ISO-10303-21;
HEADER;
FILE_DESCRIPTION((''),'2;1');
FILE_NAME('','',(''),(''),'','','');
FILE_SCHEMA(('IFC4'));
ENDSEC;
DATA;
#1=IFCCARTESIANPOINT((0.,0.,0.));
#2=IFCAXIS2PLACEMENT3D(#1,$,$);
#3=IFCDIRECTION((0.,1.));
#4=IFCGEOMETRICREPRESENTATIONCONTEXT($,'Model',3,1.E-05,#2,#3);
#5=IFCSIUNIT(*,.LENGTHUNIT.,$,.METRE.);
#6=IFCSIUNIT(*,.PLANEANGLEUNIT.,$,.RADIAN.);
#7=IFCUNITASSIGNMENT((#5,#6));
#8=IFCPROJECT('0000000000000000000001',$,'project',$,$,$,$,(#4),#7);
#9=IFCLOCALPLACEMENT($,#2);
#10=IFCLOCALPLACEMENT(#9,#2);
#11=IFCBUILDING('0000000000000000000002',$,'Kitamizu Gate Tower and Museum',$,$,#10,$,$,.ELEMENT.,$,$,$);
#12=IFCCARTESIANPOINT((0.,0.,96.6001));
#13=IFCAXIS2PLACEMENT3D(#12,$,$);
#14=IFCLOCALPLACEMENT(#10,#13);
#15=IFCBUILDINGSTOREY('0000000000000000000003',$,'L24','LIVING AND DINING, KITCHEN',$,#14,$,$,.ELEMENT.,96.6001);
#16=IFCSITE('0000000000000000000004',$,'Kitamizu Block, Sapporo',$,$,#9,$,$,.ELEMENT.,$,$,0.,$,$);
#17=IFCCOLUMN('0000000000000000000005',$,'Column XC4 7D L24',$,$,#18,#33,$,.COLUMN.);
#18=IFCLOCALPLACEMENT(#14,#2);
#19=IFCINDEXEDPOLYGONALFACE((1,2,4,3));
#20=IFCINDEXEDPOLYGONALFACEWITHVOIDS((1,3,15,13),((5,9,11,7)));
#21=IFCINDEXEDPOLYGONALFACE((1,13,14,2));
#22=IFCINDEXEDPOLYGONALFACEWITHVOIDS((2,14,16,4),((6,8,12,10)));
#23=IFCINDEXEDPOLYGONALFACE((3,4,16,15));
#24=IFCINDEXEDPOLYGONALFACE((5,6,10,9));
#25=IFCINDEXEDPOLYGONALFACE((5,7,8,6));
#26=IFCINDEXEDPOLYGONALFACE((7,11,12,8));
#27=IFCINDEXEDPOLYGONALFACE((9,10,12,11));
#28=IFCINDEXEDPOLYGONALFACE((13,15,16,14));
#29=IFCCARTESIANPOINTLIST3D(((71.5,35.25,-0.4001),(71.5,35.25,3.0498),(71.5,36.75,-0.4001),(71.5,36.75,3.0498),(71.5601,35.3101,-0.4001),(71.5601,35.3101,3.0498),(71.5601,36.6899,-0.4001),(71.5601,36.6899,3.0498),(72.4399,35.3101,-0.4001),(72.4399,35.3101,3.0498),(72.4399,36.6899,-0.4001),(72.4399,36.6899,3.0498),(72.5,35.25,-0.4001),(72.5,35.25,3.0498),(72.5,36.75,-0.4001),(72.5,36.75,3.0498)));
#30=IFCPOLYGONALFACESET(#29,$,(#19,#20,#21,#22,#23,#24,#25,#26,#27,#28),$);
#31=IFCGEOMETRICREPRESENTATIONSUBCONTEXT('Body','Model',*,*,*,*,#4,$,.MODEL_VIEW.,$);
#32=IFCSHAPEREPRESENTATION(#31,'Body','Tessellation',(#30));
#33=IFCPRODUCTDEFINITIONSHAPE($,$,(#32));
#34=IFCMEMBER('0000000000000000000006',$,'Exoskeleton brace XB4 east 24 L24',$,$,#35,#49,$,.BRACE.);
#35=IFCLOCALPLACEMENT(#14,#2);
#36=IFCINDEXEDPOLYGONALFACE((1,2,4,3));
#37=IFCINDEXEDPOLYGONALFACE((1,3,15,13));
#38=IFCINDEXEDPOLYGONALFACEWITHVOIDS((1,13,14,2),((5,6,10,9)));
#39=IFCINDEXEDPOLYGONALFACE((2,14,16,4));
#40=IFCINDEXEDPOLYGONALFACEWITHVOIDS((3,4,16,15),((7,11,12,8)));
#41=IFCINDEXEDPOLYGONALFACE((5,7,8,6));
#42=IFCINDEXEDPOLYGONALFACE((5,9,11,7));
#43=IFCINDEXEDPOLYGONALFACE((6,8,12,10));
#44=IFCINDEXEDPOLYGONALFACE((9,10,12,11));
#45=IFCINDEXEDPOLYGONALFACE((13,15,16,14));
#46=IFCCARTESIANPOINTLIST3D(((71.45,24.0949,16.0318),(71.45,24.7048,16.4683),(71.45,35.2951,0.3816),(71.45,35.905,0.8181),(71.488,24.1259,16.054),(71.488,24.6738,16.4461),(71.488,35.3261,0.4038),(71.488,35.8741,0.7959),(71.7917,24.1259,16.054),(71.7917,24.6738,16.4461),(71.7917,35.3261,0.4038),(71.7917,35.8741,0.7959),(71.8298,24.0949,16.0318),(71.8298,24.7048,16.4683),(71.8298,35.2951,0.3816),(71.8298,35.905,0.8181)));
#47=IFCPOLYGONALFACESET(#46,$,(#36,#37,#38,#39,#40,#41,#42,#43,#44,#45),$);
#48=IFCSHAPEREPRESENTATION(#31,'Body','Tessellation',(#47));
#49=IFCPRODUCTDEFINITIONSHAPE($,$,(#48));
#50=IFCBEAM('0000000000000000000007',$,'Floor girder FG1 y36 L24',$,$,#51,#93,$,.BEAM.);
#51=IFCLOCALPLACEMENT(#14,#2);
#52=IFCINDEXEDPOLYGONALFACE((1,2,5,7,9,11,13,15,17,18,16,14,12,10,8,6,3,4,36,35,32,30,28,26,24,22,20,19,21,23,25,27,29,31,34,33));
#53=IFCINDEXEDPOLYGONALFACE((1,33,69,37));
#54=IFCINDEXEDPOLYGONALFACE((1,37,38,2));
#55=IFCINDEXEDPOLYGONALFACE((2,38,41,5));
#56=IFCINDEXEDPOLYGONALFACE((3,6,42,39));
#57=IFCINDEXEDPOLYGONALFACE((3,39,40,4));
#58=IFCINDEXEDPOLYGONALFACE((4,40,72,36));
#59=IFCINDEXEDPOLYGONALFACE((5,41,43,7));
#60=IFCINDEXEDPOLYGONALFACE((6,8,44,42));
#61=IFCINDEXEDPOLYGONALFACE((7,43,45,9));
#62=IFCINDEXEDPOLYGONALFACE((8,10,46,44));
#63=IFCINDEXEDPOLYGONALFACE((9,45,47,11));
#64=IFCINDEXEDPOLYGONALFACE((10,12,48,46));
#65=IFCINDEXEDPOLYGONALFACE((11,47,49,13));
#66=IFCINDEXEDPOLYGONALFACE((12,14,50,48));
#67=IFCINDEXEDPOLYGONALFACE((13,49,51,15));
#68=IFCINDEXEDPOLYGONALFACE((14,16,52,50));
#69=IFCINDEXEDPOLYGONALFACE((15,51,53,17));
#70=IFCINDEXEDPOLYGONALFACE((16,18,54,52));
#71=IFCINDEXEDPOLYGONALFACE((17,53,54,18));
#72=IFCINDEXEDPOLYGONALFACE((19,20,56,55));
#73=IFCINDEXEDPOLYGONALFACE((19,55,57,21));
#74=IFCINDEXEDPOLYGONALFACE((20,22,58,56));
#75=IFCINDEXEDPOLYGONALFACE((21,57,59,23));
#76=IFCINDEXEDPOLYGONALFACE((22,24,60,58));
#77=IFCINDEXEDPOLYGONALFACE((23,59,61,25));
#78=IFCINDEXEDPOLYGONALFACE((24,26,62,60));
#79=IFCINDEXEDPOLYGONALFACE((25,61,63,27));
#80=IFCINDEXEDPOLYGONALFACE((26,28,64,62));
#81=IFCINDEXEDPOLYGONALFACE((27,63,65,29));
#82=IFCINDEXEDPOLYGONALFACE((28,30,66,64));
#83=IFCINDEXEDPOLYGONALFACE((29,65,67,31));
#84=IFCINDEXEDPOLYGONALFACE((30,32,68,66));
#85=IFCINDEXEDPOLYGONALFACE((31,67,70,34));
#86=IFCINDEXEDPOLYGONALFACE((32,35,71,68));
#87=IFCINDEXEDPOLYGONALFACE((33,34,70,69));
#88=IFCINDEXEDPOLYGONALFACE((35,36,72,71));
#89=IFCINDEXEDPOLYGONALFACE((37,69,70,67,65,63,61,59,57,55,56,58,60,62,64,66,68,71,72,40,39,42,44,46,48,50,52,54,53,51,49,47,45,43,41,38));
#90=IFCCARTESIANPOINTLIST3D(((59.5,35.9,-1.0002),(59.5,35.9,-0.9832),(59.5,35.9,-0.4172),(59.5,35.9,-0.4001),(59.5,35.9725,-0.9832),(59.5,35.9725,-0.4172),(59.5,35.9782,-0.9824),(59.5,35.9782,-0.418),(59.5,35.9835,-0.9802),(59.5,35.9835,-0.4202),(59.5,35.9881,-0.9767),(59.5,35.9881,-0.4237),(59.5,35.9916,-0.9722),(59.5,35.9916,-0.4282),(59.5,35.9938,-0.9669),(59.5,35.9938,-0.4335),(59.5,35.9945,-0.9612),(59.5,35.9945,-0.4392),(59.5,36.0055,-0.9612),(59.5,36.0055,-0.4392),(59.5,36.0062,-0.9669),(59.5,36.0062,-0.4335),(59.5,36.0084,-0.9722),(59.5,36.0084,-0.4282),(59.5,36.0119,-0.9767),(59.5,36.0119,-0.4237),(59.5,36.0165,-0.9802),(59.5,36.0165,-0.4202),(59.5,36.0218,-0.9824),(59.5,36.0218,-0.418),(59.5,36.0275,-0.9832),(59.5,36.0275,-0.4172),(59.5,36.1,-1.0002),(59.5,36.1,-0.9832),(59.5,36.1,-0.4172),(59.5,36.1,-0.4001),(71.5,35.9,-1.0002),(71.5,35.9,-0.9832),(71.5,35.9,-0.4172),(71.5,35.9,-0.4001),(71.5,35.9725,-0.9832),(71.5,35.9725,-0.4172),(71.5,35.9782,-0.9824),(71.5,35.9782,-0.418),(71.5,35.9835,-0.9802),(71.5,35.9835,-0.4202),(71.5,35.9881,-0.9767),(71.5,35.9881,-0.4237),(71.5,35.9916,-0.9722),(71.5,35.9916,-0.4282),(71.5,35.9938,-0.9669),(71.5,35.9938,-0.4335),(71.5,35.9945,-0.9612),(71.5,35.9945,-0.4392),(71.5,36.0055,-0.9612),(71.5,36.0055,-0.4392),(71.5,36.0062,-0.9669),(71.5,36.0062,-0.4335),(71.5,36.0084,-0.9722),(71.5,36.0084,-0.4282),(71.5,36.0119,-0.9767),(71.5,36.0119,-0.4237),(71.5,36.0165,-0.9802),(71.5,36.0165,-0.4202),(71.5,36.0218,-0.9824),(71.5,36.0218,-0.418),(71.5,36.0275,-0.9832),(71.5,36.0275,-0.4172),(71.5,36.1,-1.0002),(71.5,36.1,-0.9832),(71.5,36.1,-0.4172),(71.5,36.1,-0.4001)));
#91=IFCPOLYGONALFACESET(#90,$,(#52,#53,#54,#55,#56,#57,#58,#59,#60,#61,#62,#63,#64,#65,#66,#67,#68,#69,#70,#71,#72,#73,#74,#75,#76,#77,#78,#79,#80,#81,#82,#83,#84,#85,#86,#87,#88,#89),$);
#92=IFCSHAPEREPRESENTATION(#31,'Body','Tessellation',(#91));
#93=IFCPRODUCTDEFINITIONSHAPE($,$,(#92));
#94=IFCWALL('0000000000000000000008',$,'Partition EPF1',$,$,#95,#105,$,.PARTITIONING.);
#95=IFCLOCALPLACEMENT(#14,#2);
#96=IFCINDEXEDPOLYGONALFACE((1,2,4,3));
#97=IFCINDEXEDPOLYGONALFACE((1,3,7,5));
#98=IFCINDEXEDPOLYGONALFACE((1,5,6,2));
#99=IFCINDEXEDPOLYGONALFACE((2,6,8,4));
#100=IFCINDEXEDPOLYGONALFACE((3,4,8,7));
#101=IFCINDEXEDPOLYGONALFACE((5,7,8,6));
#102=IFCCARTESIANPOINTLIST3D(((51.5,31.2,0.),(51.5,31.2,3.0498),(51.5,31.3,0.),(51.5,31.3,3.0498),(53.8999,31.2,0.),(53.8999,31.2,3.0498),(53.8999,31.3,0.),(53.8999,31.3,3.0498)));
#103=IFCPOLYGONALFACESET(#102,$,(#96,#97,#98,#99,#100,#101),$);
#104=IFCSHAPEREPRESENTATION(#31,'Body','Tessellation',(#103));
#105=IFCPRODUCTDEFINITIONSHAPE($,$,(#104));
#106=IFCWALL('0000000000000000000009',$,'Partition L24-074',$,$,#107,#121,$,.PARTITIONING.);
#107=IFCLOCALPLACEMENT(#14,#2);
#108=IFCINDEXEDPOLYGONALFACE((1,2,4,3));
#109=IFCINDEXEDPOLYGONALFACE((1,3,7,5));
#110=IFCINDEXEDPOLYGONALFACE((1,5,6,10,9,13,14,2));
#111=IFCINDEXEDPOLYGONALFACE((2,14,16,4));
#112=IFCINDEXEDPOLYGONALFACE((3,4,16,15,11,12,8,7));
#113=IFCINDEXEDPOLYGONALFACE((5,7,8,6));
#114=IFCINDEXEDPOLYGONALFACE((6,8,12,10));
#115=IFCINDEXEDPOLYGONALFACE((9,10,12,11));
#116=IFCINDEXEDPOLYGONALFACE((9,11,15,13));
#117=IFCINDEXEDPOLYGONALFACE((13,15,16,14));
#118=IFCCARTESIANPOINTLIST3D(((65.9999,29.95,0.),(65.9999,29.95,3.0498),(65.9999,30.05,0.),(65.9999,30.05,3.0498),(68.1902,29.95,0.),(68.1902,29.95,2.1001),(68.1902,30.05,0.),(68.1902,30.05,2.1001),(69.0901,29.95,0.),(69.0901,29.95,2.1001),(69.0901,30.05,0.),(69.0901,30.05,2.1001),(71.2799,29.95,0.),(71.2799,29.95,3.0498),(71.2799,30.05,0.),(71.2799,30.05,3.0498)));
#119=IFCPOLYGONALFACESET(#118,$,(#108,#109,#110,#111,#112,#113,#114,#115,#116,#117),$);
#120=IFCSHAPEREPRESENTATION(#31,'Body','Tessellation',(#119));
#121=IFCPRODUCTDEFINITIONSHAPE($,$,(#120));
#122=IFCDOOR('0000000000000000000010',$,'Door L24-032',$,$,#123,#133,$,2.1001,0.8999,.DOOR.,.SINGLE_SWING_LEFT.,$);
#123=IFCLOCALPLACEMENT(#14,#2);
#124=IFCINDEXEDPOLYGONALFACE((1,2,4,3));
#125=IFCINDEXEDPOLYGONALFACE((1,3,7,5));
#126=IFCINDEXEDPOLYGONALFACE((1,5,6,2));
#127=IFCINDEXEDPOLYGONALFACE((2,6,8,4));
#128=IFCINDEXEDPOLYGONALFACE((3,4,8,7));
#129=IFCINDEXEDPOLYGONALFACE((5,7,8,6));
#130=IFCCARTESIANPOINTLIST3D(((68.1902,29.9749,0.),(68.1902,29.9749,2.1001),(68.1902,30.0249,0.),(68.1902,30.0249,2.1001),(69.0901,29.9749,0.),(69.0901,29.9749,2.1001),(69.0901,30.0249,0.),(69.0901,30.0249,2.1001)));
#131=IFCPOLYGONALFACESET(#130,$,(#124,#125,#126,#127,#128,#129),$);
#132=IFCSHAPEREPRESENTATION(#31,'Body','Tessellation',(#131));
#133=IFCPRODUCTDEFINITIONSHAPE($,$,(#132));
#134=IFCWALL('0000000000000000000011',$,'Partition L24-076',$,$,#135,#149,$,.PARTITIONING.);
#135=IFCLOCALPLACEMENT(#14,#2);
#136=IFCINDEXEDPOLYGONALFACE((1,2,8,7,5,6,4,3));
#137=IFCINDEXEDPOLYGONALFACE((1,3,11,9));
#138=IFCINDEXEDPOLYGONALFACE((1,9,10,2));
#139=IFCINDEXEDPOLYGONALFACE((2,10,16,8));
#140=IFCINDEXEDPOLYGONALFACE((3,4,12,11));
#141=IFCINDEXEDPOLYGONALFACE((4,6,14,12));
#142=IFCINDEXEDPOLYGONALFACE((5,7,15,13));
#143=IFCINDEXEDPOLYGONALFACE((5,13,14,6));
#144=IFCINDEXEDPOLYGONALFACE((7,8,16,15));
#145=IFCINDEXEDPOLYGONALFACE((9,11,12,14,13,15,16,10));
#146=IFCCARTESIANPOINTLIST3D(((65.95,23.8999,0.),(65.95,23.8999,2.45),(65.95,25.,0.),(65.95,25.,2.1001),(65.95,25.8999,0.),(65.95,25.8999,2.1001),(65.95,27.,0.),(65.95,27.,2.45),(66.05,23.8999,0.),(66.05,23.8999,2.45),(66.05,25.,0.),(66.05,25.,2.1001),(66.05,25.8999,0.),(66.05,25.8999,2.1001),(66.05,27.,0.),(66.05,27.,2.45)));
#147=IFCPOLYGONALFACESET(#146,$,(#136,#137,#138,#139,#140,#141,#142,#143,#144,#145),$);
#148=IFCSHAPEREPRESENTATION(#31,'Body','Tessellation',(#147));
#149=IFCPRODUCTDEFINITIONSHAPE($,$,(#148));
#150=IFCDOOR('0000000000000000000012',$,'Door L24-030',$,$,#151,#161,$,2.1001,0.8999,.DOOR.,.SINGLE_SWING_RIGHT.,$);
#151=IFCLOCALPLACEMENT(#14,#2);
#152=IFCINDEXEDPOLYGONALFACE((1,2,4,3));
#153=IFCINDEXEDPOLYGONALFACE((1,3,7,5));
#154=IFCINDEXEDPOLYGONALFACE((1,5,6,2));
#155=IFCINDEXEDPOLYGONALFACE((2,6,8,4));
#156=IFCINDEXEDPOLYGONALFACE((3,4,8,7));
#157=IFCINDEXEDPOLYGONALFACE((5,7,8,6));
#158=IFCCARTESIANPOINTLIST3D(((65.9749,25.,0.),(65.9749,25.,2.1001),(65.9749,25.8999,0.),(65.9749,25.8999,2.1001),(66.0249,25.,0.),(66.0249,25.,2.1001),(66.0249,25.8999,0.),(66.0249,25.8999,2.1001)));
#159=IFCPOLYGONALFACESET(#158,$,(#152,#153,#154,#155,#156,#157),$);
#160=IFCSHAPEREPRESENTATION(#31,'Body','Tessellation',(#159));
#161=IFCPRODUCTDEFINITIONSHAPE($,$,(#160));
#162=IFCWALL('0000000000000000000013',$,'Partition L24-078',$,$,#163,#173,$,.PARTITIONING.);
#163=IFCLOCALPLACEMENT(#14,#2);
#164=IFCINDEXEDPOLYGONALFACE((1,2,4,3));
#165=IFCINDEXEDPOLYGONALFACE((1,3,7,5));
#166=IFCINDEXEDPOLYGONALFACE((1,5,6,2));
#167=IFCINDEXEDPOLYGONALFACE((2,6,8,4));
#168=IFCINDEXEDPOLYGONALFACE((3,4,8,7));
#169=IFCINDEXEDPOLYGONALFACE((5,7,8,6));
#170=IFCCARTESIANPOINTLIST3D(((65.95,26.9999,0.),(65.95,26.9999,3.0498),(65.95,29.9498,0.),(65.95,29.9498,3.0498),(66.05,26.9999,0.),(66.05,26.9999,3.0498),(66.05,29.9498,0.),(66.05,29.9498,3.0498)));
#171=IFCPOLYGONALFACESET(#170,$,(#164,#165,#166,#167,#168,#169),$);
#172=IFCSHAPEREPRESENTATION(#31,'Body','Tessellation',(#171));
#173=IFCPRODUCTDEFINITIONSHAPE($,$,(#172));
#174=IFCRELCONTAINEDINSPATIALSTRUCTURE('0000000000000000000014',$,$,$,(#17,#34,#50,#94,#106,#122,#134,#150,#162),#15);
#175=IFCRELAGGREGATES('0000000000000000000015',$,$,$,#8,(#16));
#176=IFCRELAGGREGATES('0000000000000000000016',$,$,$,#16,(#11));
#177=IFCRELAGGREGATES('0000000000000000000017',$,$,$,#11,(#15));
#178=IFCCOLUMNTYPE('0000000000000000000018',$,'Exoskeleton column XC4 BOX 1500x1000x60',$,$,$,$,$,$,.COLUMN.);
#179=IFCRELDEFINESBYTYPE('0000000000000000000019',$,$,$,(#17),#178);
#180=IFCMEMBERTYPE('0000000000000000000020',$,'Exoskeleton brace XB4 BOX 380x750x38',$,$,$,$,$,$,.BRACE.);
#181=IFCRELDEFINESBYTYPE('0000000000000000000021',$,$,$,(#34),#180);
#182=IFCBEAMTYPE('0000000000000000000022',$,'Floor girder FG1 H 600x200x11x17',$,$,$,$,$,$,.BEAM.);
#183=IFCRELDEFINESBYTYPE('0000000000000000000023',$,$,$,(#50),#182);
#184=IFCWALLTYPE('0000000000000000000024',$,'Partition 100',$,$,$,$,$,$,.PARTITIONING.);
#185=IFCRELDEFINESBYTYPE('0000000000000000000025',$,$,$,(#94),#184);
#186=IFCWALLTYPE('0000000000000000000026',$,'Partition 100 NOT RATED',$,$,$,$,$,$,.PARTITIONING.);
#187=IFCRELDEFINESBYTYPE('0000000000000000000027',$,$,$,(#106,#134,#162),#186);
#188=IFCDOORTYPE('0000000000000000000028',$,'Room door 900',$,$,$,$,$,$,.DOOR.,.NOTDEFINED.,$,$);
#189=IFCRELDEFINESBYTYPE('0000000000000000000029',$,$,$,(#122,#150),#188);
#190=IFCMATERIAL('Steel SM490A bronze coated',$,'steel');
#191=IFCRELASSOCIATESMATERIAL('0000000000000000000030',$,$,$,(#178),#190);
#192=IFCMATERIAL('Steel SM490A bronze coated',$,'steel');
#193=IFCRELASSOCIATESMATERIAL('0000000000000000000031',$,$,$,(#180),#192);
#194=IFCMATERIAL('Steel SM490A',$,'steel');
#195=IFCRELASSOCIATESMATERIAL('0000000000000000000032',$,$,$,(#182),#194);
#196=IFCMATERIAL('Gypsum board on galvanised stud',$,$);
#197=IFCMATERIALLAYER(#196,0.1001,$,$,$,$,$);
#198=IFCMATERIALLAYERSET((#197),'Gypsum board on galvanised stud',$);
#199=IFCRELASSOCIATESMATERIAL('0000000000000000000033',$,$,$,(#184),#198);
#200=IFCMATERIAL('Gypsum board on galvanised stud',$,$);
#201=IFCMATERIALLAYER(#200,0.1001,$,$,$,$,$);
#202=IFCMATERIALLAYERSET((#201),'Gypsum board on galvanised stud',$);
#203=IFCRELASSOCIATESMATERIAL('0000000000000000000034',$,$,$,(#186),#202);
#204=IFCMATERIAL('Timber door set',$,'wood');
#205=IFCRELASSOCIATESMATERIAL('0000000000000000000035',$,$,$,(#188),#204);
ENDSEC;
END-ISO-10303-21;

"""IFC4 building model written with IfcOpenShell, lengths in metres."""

from ifc_helpers import new_model, si_unit, direction, frame, frame_2d, origin, origin_2d, place, context, subcontext, project, spatial, rectangle, hollow_rectangle, i_section, extrude, material, layer, layer_set, material_profile, profile_set, type_object, element, fill, save


model = new_model("IFC4")

# Units and contexts
model_context = context("Model", 3, precision=1e-05, world=origin(), true_north=direction((0.0, 1.0)))
body_context = subcontext(model_context, "Body", "Model", "MODEL_VIEW")
ifc_project = project(units=[si_unit("LENGTHUNIT", "METRE"), si_unit("PLANEANGLEUNIT", "RADIAN")], contexts=[model_context])

# Site, building, storey
site_placement = place(None, origin())
site = spatial("IfcSite", under=ifc_project, at=site_placement, Name="Kitamizu Block, Sapporo", CompositionType="ELEMENT", RefElevation=0.0)
building_placement = place(site_placement, origin())
building = spatial("IfcBuilding", under=site, at=building_placement, Name="Kitamizu Gate Tower and Museum", CompositionType="ELEMENT")
storey_placement = place(building_placement, frame((0.0, 0.0, 96.6001)))
storey = spatial("IfcBuildingStorey", under=building, at=storey_placement, Name="L24", Description="LIVING AND DINING, KITCHEN", CompositionType="ELEMENT", Elevation=96.6001)

# Column
ifc_material_1 = material(Name="Steel SM490A bronze coated", Category="steel")
ifc_material_profile_1 = material_profile(ifc_material_1, hollow_rectangle(XDim=1.5, YDim=1.0, WallThickness=0.0601, at=origin_2d()), Name="BOX 1500x1000x60")
ifc_profile_set_1 = profile_set([ifc_material_profile_1], Name="Steel SM490A bronze coated")
column_type = type_object("IfcColumnType", Name="Exoskeleton column XC4 BOX 1500x1000x60", PredefinedType="COLUMN", material=ifc_profile_set_1)
column_placement = place(storey_placement, frame((72.0, 36.0, -0.4001), z_axis=(0.0, 0.0, 1.0), x_axis=(0.0, 1.0, 0.0)))
element("IfcColumn", 1, at=column_placement, inside=storey, type_object=column_type, Name="Column XC4 7D L24", PredefinedType="COLUMN", context=body_context, shape_type="SweptSolid", body=[
    extrude(hollow_rectangle(XDim=1.5, YDim=1.0, WallThickness=0.0601, at=origin_2d()), origin(), (0.0, 0.0, 1.0), 3.45),
])

# Member
ifc_material_2 = material(Name="Steel SM490A bronze coated", Category="steel")
ifc_material_profile_2 = material_profile(ifc_material_2, hollow_rectangle(XDim=0.3799, YDim=0.75, WallThickness=0.0381, at=origin_2d()), Name="BOX 380x750x38")
ifc_profile_set_2 = profile_set([ifc_material_profile_2], Name="Steel SM490A bronze coated")
member_type = type_object("IfcMemberType", Name="Exoskeleton brace XB4 BOX 380x750x38", PredefinedType="BRACE", material=ifc_profile_set_2)
member_placement = place(storey_placement, frame((71.6399, 35.6001, 0.5999), z_axis=(0.0, -0.581978, 0.813204), x_axis=(1.0, 0.0, 0.0)))
element("IfcMember", 2, at=member_placement, inside=storey, type_object=member_type, Name="Exoskeleton brace XB4 east 24 L24", PredefinedType="BRACE", context=body_context, shape_type="SweptSolid", body=[
    extrude(hollow_rectangle(XDim=0.3799, YDim=0.75, WallThickness=0.0381, at=origin_2d()), origin(), (0.0, 0.0, 1.0), 19.2451),
])

# Beam
ifc_material_3 = material(Name="Steel SM490A", Category="steel")
ifc_material_profile_3 = material_profile(ifc_material_3, i_section(OverallWidth=0.2, OverallDepth=0.6001, WebThickness=0.011, FlangeThickness=0.0171, FilletRadius=0.022, at=origin_2d()), Name="H-600x200x11x17")
ifc_profile_set_3 = profile_set([ifc_material_profile_3], Name="Steel SM490A")
beam_type = type_object("IfcBeamType", Name="Floor girder FG1 H 600x200x11x17", PredefinedType="BEAM", material=ifc_profile_set_3)
beam_placement = place(storey_placement, frame((59.5, 36.0, -0.7002), z_axis=(1.0, 0.0, 0.0), x_axis=(0.0, 1.0, 0.0)))
element("IfcBeam", 3, at=beam_placement, inside=storey, type_object=beam_type, Name="Floor girder FG1 y36 L24", PredefinedType="BEAM", context=body_context, shape_type="SweptSolid", body=[
    extrude(i_section(OverallWidth=0.2, OverallDepth=0.6001, WebThickness=0.011, FlangeThickness=0.0171, FilletRadius=0.022, at=origin_2d()), origin(), (0.0, 0.0, 1.0), 12.0),
])

# Wall
ifc_material_4 = material(Name="Gypsum board on galvanised stud")
ifc_layer_1 = layer(ifc_material_4, 0.1001)
ifc_layer_set_1 = layer_set([ifc_layer_1], Name="Gypsum board on galvanised stud")
wall_type_1 = type_object("IfcWallType", Name="Partition 100", PredefinedType="PARTITIONING", material=ifc_layer_set_1)
wall_1_placement = place(storey_placement, frame((53.8999, 31.25, 0.0), z_axis=(0.0, 0.0, 1.0), x_axis=(-1.0, 0.0, 0.0)))
element("IfcWall", 4, at=wall_1_placement, inside=storey, type_object=wall_type_1, Name="Partition EPF1", PredefinedType="PARTITIONING", context=body_context, shape_type="SweptSolid", body=[
    extrude(rectangle(XDim=2.3999, YDim=0.1001, at=frame_2d((1.2, 0.0))), origin(), (0.0, 0.0, 1.0), 3.0498),
])

# Walls, openings, doors
ifc_material_5 = material(Name="Gypsum board on galvanised stud")
ifc_layer_2 = layer(ifc_material_5, 0.1001)
ifc_layer_set_2 = layer_set([ifc_layer_2], Name="Gypsum board on galvanised stud")
wall_type_2 = type_object("IfcWallType", Name="Partition 100 NOT RATED", PredefinedType="PARTITIONING", material=ifc_layer_set_2)
wall_2_placement = place(storey_placement, frame((71.28, 30.0, 0.0), z_axis=(0.0, 0.0, 1.0), x_axis=(-1.0, 0.0, 0.0)))
wall_2 = element("IfcWall", 5, at=wall_2_placement, inside=storey, type_object=wall_type_2, Name="Partition L24-074", PredefinedType="PARTITIONING", context=body_context, shape_type="SweptSolid", body=[
    extrude(rectangle(XDim=5.28, YDim=0.1001, at=frame_2d((2.6401, 0.0))), origin(), (0.0, 0.0, 1.0), 3.0498),
])
opening_1_placement = place(wall_2_placement, frame((2.1899, 0.0, 0.0)))
opening_1 = element("IfcOpeningElement", 6, at=opening_1_placement, cuts=wall_2, PredefinedType="OPENING", context=body_context, shape_type="SweptSolid", body=[
    extrude(rectangle(XDim=0.8999, YDim=2.1001, at=frame_2d((0.45, 1.05))), frame((0.0, 0.0601, 0.0), z_axis=(0.0, -1.0, 0.0), x_axis=(1.0, 0.0, 0.0)), (0.0, 0.0, 1.0), 0.1201),
])
ifc_material_6 = material(Name="Timber door set", Category="wood")
door_type_1 = type_object("IfcDoorType", Name="Room door 900", OperationType="NOTDEFINED", PredefinedType="DOOR", material=ifc_material_6)
door_1_placement = place(opening_1_placement, frame((0.8999, 0.0, 0.0), x_axis=(-1.0, 0.0, 0.0)))
door_1 = element("IfcDoor", 7, at=door_1_placement, inside=storey, type_object=door_type_1, Name="Door L24-032", OperationType="SINGLE_SWING_LEFT", OverallHeight=2.1001, OverallWidth=0.8999, PredefinedType="DOOR", context=body_context, shape_type="SweptSolid", body=[
    extrude(rectangle(XDim=0.8999, YDim=2.1001, at=frame_2d((0.45, 1.05))), frame((0.0, 0.0249, 0.0), z_axis=(0.0, -1.0, 0.0), x_axis=(1.0, 0.0, 0.0)), (0.0, 0.0, 1.0), 0.05),
])
fill(opening_1, door_1)
wall_3_placement = place(storey_placement, frame((66.0, 27.0, 0.0), z_axis=(0.0, 0.0, 1.0), x_axis=(0.0, -1.0, 0.0)))
wall_3 = element("IfcWall", 8, at=wall_3_placement, inside=storey, type_object=wall_type_2, Name="Partition L24-076", PredefinedType="PARTITIONING", context=body_context, shape_type="SweptSolid", body=[
    extrude(rectangle(XDim=3.1001, YDim=0.1001, at=frame_2d((1.55, 0.0))), origin(), (0.0, 0.0, 1.0), 2.45),
])
opening_2_placement = place(wall_3_placement, frame((1.1001, 0.0, 0.0)))
opening_2 = element("IfcOpeningElement", 9, at=opening_2_placement, cuts=wall_3, PredefinedType="OPENING", context=body_context, shape_type="SweptSolid", body=[
    extrude(rectangle(XDim=0.8999, YDim=2.1001, at=frame_2d((0.45, 1.05))), frame((0.0, 0.0601, 0.0), z_axis=(0.0, -1.0, 0.0), x_axis=(1.0, 0.0, 0.0)), (0.0, 0.0, 1.0), 0.1201),
])
door_2_placement = place(opening_2_placement, origin())
door_2 = element("IfcDoor", 10, at=door_2_placement, inside=storey, type_object=door_type_1, Name="Door L24-030", OperationType="SINGLE_SWING_RIGHT", OverallHeight=2.1001, OverallWidth=0.8999, PredefinedType="DOOR", context=body_context, shape_type="SweptSolid", body=[
    extrude(rectangle(XDim=0.8999, YDim=2.1001, at=frame_2d((0.45, 1.05))), frame((0.0, 0.0249, 0.0), z_axis=(0.0, -1.0, 0.0), x_axis=(1.0, 0.0, 0.0)), (0.0, 0.0, 1.0), 0.05),
])
fill(opening_2, door_2)

# Wall
wall_4_placement = place(storey_placement, frame((66.0, 29.95, 0.0), z_axis=(0.0, 0.0, 1.0), x_axis=(0.0, -1.0, 0.0)))
element("IfcWall", 11, at=wall_4_placement, inside=storey, type_object=wall_type_2, Name="Partition L24-078", PredefinedType="PARTITIONING", context=body_context, shape_type="SweptSolid", body=[
    extrude(rectangle(XDim=2.95, YDim=0.1001, at=frame_2d((1.4751, 0.0))), origin(), (0.0, 0.0, 1.0), 3.0498),
])

save(model, "model.ifc")
